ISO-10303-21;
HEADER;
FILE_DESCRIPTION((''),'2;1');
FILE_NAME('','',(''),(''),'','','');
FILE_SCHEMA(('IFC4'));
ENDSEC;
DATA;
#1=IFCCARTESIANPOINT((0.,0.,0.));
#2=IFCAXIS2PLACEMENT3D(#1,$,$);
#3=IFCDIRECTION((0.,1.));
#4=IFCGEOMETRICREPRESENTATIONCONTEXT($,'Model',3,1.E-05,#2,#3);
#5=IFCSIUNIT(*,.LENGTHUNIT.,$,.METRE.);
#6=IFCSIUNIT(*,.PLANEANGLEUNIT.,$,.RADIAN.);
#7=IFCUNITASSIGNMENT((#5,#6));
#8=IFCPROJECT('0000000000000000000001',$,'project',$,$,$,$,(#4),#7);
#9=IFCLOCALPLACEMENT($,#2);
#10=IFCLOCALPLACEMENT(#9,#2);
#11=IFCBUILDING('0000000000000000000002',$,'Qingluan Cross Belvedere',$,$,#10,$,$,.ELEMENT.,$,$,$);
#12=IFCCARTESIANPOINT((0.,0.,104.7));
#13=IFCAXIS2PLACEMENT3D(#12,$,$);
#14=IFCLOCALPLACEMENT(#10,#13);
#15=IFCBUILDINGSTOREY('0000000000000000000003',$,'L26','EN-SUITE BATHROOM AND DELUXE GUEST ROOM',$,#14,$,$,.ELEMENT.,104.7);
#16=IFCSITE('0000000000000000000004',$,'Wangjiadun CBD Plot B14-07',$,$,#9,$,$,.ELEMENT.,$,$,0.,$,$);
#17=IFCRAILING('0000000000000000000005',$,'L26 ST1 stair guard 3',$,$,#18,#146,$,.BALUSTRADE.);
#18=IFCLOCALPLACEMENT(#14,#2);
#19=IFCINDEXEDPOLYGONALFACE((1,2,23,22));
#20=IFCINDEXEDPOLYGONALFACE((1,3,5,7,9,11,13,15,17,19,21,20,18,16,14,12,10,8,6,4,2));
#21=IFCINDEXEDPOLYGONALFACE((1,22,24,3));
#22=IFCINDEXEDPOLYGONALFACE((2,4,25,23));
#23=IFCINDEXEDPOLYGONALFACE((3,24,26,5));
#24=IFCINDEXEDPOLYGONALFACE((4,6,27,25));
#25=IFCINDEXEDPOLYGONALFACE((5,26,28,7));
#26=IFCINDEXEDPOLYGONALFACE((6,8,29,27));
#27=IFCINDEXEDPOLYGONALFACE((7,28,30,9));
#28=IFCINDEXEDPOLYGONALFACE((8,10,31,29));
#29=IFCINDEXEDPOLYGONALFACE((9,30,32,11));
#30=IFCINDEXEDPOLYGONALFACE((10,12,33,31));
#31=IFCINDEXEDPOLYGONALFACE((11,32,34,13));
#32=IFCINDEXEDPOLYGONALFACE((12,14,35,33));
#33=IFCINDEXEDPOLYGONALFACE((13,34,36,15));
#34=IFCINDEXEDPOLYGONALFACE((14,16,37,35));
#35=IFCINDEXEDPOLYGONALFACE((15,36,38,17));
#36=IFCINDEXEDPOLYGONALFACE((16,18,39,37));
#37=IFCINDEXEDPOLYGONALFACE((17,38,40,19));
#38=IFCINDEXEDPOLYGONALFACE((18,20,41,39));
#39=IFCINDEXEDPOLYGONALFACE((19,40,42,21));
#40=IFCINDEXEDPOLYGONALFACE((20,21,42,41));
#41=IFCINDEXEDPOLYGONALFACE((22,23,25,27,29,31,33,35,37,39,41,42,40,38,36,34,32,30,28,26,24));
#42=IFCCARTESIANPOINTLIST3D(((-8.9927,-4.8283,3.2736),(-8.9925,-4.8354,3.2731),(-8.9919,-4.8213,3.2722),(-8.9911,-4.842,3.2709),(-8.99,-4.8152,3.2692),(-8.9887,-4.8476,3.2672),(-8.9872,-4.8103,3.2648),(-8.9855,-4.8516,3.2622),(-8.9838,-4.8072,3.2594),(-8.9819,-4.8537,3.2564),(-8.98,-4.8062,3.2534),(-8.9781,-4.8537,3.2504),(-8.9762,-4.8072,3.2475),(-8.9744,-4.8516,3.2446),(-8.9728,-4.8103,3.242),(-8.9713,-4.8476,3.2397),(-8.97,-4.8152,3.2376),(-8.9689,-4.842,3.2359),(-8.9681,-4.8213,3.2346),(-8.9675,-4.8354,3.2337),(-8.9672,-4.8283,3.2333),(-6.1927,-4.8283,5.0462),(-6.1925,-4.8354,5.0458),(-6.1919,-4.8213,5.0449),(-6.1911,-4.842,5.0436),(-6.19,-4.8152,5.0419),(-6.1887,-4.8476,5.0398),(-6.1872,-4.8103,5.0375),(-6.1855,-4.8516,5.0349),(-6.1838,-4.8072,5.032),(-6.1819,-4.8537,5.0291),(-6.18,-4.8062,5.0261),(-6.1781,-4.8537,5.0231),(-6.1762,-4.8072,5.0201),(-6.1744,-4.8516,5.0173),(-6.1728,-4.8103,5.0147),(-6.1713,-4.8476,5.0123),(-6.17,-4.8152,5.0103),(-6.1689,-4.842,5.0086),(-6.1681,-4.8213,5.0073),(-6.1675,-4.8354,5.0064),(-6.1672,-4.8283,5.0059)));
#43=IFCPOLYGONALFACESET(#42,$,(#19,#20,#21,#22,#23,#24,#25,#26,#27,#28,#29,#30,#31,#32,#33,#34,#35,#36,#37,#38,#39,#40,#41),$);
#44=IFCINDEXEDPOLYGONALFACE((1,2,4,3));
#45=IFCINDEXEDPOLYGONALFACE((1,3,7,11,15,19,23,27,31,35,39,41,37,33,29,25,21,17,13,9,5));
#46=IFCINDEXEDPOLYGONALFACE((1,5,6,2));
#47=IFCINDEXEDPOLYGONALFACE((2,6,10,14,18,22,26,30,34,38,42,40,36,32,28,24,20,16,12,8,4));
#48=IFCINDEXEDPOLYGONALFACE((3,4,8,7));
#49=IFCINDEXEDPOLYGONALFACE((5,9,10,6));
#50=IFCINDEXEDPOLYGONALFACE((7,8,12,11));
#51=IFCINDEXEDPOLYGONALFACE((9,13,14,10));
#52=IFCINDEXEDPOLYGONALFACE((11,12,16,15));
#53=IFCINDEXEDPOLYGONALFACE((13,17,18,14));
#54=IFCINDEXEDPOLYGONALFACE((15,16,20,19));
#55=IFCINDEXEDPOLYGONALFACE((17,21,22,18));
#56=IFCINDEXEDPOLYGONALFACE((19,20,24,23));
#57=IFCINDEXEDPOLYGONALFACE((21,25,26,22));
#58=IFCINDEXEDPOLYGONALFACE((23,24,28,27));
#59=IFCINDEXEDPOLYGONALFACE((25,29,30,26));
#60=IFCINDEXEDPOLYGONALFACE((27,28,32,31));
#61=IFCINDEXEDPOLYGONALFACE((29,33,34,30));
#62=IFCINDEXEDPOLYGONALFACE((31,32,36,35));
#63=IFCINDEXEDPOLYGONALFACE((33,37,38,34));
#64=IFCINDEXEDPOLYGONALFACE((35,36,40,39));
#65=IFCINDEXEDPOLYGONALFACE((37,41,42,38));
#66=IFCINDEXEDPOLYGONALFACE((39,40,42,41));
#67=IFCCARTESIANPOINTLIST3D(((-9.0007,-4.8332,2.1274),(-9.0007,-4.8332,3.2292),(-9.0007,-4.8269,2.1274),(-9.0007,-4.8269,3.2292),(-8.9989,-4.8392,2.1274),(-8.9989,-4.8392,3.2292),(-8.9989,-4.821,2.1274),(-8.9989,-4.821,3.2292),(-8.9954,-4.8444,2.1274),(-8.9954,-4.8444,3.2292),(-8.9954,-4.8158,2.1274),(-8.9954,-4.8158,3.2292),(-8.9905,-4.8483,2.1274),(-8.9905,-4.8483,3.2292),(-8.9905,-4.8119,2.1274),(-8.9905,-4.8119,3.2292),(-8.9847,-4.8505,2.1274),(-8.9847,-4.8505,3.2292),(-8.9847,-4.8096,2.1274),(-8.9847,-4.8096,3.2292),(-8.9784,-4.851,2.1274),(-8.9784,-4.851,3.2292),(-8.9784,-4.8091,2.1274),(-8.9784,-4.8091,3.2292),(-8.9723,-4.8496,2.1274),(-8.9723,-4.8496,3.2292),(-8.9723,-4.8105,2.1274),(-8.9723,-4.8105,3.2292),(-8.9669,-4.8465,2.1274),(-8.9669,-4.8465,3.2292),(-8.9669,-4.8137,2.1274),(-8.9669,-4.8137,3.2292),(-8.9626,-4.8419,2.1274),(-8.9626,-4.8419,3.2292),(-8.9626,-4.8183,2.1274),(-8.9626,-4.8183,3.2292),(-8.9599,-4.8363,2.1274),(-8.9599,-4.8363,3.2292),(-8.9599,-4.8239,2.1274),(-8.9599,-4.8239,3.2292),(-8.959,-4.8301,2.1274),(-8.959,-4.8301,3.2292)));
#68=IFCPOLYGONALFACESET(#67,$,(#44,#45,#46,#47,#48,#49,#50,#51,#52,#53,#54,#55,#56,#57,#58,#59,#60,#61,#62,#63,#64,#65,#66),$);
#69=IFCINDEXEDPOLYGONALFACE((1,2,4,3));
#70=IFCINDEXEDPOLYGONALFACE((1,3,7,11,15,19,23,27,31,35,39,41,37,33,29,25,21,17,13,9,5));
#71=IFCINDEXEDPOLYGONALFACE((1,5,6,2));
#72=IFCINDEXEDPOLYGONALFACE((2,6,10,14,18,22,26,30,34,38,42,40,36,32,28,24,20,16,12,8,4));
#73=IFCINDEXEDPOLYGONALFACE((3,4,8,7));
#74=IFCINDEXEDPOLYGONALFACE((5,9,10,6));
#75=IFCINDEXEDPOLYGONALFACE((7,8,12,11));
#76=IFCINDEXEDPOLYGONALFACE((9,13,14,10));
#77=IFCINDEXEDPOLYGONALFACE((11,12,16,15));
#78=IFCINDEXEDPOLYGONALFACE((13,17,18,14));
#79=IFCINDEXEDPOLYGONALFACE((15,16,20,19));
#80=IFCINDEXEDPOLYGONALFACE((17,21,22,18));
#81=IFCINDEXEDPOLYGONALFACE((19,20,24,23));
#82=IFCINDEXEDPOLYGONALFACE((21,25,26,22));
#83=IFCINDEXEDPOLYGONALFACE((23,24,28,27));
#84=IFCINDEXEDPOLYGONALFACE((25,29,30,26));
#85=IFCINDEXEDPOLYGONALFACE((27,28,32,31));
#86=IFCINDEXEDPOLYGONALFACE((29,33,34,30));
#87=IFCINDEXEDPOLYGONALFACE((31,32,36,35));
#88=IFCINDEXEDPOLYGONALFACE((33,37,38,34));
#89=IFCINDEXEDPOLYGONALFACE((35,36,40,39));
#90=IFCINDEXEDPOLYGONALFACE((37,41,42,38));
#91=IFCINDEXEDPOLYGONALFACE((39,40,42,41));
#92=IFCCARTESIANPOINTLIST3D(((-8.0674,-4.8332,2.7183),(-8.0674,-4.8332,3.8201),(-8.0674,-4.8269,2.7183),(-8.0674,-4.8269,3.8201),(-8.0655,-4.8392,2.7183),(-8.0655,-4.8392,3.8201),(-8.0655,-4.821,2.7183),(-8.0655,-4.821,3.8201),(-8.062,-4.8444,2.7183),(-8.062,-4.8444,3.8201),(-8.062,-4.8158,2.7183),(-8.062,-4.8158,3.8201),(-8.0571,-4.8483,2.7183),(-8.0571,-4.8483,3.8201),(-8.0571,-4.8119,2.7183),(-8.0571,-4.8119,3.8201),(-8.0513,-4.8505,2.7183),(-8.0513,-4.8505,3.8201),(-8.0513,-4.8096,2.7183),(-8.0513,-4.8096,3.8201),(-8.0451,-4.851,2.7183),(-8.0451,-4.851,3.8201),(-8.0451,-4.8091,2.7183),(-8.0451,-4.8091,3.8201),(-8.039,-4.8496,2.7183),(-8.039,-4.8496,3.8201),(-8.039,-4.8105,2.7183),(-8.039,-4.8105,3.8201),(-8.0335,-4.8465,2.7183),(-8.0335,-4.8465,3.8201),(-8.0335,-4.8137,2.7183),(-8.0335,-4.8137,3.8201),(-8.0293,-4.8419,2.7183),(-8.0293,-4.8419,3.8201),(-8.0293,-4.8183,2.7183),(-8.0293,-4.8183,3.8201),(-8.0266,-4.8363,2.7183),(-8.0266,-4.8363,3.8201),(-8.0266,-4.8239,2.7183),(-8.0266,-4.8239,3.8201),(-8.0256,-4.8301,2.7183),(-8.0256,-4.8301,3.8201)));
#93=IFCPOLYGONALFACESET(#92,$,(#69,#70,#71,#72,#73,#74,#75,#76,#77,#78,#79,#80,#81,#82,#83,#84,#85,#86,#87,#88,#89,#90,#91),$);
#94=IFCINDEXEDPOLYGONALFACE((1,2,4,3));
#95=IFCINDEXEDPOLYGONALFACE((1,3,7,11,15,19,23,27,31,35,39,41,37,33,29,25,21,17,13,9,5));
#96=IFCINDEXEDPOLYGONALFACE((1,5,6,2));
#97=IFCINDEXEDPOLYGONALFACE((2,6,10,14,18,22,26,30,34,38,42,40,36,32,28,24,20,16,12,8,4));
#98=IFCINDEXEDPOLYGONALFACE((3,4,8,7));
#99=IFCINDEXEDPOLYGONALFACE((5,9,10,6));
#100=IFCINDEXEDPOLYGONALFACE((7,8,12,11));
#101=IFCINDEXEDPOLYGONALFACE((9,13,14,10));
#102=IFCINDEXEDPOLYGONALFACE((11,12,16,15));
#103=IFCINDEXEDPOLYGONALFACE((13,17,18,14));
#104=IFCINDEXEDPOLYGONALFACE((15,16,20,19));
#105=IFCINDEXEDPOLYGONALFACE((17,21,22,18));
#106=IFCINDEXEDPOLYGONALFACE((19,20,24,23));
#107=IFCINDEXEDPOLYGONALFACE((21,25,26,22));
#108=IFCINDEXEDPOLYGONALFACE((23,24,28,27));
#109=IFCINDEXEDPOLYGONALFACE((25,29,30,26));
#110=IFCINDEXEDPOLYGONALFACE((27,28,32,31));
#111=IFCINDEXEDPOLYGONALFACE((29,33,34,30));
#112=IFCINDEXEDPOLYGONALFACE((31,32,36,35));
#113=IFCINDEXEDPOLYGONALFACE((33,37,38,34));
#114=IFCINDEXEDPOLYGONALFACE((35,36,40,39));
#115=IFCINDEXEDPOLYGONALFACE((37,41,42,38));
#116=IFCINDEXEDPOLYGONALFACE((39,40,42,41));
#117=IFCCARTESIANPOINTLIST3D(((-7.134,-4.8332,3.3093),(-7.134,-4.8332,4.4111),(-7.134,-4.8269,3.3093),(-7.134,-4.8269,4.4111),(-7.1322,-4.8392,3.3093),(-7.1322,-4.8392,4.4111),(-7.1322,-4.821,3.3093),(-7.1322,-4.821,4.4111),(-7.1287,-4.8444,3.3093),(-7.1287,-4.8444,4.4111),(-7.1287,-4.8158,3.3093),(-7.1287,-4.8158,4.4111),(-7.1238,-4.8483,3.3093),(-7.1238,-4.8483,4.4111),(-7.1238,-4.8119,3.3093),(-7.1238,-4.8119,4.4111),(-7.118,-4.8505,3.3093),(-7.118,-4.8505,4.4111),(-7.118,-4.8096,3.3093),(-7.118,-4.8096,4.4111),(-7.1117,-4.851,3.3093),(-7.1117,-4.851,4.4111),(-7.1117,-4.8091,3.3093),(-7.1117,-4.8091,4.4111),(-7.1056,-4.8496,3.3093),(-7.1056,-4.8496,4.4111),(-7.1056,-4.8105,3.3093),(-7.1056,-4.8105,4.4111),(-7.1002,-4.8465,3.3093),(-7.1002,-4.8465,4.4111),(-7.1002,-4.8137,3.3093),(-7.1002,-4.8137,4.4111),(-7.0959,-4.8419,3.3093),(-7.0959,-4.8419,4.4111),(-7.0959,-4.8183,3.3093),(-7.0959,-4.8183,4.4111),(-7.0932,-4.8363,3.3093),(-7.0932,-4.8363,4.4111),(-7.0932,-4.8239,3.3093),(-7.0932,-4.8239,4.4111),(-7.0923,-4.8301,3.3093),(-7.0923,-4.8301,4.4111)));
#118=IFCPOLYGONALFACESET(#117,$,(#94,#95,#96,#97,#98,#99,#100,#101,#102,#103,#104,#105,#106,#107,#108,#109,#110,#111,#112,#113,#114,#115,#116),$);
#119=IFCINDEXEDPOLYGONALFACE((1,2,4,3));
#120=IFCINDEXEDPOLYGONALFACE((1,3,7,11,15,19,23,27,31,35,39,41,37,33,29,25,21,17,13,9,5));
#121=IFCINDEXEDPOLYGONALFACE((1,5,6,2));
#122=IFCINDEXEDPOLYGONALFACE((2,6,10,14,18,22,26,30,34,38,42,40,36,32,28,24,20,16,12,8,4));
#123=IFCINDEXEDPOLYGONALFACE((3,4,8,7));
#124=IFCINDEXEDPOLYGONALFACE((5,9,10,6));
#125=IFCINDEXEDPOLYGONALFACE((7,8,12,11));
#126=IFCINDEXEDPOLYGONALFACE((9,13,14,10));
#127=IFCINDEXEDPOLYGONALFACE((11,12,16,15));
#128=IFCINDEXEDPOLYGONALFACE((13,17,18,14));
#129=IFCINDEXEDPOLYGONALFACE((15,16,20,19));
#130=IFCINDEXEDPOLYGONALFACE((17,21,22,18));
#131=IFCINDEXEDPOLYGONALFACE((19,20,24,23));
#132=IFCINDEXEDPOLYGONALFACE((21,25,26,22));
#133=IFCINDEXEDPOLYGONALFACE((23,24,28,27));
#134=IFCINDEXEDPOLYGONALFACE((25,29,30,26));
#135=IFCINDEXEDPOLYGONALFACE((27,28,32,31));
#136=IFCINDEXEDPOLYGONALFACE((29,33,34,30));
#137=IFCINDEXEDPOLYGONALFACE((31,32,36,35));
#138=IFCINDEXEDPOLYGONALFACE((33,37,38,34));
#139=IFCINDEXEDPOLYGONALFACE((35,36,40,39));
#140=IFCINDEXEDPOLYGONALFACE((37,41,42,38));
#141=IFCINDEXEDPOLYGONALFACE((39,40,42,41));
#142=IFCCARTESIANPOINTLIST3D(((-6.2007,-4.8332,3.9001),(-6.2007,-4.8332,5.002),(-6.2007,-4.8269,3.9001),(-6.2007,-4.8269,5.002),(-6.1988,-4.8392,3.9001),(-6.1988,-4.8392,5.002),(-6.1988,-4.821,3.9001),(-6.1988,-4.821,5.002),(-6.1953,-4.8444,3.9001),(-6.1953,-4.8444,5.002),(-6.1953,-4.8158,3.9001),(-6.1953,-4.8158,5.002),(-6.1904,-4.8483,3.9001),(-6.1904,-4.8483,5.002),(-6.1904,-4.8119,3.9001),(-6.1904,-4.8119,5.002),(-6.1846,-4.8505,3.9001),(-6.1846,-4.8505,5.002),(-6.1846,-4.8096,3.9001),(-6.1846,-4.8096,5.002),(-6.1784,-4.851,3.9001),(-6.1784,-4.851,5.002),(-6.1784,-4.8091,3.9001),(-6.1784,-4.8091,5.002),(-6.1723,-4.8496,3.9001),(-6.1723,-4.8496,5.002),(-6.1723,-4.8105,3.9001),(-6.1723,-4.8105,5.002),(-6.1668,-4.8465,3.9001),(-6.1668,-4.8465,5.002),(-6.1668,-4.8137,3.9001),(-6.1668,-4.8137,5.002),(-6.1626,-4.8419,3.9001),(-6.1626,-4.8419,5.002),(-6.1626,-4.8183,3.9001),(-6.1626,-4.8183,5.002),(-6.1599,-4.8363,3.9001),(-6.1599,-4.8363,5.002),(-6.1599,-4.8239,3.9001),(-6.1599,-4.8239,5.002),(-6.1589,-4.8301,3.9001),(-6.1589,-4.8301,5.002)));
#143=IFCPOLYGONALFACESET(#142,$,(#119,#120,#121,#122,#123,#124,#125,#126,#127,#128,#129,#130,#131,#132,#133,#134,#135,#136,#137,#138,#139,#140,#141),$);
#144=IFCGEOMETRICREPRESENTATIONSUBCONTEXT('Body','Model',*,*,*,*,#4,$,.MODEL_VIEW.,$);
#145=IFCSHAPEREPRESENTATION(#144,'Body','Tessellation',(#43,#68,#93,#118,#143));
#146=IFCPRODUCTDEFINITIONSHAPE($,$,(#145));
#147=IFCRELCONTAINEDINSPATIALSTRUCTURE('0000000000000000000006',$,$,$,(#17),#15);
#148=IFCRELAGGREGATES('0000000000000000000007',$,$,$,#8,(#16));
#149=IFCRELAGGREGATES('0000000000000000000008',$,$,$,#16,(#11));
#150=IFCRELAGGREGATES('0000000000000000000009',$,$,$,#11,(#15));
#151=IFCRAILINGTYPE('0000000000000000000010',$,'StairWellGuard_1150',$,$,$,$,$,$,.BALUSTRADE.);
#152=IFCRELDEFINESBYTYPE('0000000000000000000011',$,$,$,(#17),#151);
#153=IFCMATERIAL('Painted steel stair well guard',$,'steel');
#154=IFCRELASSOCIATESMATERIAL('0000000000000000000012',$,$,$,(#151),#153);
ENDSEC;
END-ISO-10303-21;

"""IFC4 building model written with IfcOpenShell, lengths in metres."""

from ifc_helpers import new_model, si_unit, direction, frame, origin, origin_2d, place, context, subcontext, project, spatial, circle, extrude, material, type_object, element, save


model = new_model("IFC4")

# Units and contexts
model_context = context("Model", 3, precision=1e-05, world=origin(), true_north=direction((0.0, 1.0)))
body_context = subcontext(model_context, "Body", "Model", "MODEL_VIEW")
ifc_project = project(units=[si_unit("LENGTHUNIT", "METRE"), si_unit("PLANEANGLEUNIT", "RADIAN")], contexts=[model_context])

# Site, building, storey
site_placement = place(None, origin())
site = spatial("IfcSite", under=ifc_project, at=site_placement, Name="Wangjiadun CBD Plot B14-07", CompositionType="ELEMENT", RefElevation=0.0)
building_placement = place(site_placement, origin())
building = spatial("IfcBuilding", under=site, at=building_placement, Name="Qingluan Cross Belvedere", CompositionType="ELEMENT")
storey_placement = place(building_placement, frame((0.0, 0.0, 104.7)))
storey = spatial("IfcBuildingStorey", under=building, at=storey_placement, Name="L26", Description="EN-SUITE BATHROOM AND DELUXE GUEST ROOM", CompositionType="ELEMENT", Elevation=104.7)

# Railing
ifc_material_1 = material(Name="Painted steel stair well guard", Category="steel")
railing_type_1 = type_object("IfcRailingType", Name="StairWellGuard_1150", PredefinedType="BALUSTRADE", material=ifc_material_1)
railing_1_placement = place(storey_placement, frame((-8.98, -4.8301, 2.1274)))
element("IfcRailing", 1, at=railing_1_placement, inside=storey, type_object=railing_type_1, Name="L26 ST1 stair guard 3", PredefinedType="BALUSTRADE", context=body_context, shape_type="SweptSolid", body=[
    extrude(circle(Radius=0.0239, at=origin_2d()), frame((0.0, 0.0, 1.126), z_axis=(0.844909, 0.0, 0.53491), x_axis=(0.0, 1.0, 0.0)), (0.0, 0.0, 1.0), 3.314),
    extrude(circle(Radius=0.021, at=origin_2d()), origin(), (0.0, 0.0, 1.0), 1.1018),
    extrude(circle(Radius=0.021, at=origin_2d()), frame((0.9333, 0.0, 0.5908)), (0.0, 0.0, 1.0), 1.1018),
    extrude(circle(Radius=0.021, at=origin_2d()), frame((1.8667, 0.0, 1.1819)), (0.0, 0.0, 1.0), 1.1018),
    extrude(circle(Radius=0.021, at=origin_2d()), frame((2.8, 0.0, 1.7727)), (0.0, 0.0, 1.0), 1.1018),
])

save(model, "model.ifc")
